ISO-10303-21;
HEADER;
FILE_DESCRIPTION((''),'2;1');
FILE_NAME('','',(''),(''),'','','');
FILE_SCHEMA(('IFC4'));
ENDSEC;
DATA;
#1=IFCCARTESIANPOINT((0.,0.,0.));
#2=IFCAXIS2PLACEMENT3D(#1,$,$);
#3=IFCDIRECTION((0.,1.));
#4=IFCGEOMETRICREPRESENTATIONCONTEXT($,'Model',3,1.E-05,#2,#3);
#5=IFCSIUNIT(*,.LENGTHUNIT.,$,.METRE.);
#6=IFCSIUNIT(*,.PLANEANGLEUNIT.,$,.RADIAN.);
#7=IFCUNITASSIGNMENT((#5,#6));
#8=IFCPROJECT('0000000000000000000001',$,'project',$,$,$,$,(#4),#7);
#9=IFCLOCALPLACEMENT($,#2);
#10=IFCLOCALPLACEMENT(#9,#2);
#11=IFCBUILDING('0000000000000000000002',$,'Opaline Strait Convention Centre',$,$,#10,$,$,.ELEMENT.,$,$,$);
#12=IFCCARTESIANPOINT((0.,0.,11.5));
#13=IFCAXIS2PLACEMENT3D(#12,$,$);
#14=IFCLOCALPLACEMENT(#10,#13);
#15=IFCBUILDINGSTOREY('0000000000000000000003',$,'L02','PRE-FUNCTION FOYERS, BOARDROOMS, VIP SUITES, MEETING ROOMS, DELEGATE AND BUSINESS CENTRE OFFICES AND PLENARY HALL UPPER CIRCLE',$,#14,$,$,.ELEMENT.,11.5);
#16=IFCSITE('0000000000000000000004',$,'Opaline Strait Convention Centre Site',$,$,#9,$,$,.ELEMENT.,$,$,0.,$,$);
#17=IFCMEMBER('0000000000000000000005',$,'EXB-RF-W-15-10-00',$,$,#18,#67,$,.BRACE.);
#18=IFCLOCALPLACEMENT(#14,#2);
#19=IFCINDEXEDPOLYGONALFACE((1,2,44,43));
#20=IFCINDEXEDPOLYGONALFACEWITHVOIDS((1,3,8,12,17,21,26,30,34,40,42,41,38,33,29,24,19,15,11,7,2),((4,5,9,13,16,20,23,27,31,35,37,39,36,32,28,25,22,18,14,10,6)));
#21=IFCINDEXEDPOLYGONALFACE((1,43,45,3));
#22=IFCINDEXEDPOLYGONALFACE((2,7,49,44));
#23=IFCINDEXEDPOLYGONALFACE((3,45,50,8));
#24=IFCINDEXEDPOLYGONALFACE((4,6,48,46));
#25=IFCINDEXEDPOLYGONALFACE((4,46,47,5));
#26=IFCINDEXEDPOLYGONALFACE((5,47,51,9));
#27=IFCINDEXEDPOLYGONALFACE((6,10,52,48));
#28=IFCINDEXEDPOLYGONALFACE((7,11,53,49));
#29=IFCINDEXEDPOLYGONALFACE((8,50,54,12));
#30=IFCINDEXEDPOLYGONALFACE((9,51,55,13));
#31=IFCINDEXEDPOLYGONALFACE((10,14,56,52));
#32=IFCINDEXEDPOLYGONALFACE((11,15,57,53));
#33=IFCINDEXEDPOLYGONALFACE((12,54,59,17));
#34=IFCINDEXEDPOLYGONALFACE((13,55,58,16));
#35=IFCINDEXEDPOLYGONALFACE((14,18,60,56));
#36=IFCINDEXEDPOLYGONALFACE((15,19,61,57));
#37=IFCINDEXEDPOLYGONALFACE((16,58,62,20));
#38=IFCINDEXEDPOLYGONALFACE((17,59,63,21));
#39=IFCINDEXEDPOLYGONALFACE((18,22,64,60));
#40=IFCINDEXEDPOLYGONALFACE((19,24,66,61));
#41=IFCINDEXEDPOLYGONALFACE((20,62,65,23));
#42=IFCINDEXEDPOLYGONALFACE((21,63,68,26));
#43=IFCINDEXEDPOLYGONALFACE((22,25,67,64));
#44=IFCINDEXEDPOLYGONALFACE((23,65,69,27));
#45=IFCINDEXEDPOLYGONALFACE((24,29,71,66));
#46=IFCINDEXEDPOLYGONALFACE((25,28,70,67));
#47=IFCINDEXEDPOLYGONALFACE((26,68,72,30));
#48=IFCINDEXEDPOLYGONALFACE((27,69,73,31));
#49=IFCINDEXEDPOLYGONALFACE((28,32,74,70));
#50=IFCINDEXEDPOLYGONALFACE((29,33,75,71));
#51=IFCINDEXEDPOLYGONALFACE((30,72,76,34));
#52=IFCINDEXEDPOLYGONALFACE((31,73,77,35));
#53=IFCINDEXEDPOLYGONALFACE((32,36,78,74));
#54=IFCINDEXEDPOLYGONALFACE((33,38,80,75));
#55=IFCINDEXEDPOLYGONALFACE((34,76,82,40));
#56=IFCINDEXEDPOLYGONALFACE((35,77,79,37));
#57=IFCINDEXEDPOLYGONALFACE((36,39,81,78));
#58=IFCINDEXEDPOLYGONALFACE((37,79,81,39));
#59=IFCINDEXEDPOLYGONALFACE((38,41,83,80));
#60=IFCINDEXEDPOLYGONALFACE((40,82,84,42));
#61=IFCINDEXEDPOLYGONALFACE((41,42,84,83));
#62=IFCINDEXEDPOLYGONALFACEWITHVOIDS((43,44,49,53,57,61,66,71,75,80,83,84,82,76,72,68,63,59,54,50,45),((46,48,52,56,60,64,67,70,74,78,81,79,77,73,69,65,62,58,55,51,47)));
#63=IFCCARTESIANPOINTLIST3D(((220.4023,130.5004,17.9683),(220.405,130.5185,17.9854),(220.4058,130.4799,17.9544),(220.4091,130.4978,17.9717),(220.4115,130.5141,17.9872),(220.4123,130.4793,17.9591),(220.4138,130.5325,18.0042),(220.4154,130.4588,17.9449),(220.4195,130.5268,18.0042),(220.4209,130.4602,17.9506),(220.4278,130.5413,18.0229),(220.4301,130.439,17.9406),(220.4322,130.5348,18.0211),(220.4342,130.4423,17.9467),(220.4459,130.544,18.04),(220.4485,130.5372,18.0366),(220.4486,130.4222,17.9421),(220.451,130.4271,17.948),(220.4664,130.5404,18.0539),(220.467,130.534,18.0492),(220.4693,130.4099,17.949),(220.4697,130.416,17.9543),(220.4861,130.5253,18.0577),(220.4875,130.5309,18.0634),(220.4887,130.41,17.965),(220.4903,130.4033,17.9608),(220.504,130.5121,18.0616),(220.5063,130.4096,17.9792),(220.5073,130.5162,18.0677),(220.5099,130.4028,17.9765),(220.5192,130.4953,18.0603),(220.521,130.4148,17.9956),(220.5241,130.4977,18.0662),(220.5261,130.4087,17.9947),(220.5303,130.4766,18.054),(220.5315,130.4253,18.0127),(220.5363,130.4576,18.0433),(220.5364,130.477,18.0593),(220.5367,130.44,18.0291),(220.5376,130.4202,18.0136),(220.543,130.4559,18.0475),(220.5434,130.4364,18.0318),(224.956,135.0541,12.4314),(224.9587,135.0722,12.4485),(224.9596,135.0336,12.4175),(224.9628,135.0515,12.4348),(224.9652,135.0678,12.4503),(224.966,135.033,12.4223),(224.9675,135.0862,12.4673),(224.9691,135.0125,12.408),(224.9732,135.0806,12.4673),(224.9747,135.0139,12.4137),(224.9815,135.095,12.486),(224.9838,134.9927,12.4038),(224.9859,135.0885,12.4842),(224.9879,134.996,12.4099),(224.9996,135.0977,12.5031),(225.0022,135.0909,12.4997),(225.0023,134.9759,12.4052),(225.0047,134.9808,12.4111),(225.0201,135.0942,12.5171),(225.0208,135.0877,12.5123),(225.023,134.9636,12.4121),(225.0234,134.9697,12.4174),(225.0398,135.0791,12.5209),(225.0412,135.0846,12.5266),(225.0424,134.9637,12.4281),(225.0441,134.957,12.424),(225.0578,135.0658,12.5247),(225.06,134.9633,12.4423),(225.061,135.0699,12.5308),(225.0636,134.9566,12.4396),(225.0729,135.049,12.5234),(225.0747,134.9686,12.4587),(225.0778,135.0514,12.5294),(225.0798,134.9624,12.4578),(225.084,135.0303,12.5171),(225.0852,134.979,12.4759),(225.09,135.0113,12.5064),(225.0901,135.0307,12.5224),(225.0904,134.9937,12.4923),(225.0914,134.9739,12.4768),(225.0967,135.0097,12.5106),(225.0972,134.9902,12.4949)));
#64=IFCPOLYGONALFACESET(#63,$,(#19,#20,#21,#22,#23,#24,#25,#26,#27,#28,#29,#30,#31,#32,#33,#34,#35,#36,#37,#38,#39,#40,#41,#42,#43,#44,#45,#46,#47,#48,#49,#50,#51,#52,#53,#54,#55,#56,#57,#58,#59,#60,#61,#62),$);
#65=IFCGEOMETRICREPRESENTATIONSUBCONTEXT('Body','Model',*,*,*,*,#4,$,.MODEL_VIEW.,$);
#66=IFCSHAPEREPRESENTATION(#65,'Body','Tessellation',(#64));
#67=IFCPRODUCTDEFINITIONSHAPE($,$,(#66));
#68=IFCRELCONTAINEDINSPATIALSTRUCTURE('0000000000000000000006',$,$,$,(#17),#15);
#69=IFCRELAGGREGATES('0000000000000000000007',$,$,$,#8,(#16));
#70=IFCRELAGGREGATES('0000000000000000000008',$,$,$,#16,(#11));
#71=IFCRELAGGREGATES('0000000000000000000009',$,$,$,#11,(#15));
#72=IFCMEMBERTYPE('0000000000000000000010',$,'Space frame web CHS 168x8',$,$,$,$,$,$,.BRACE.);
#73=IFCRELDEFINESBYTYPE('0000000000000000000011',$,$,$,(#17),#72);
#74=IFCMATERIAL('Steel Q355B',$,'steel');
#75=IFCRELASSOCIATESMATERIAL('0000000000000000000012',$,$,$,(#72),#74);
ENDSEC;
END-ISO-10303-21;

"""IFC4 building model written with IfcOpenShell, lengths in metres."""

from ifc_helpers import new_model, si_unit, direction, frame, origin, origin_2d, place, context, subcontext, project, spatial, hollow_circle, extrude, material, material_profile, profile_set, type_object, element, save


model = new_model("IFC4")

# Units and contexts
model_context = context("Model", 3, precision=1e-05, world=origin(), true_north=direction((0.0, 1.0)))
body_context = subcontext(model_context, "Body", "Model", "MODEL_VIEW")
ifc_project = project(units=[si_unit("LENGTHUNIT", "METRE"), si_unit("PLANEANGLEUNIT", "RADIAN")], contexts=[model_context])

# Site, building, storey
site_placement = place(None, origin())
site = spatial("IfcSite", under=ifc_project, at=site_placement, Name="Opaline Strait Convention Centre Site", CompositionType="ELEMENT", RefElevation=0.0)
building_placement = place(site_placement, origin())
building = spatial("IfcBuilding", under=site, at=building_placement, Name="Opaline Strait Convention Centre", CompositionType="ELEMENT")
storey_placement = place(building_placement, frame((0.0, 0.0, 11.5)))
storey = spatial("IfcBuildingStorey", under=building, at=storey_placement, Name="L02", Description="PRE-FUNCTION FOYERS, BOARDROOMS, VIP SUITES, MEETING ROOMS, DELEGATE AND BUSINESS CENTRE OFFICES AND PLENARY HALL UPPER CIRCLE", CompositionType="ELEMENT", Elevation=11.5)

# Member
ifc_material = material(Name="Steel Q355B", Category="steel")
ifc_material_profile_1 = material_profile(ifc_material, hollow_circle(Radius=0.084, WallThickness=0.0081, at=origin_2d()), Name="CHS 168x8")
ifc_profile_set_1 = profile_set([ifc_material_profile_1], Name="Steel Q355B")
member_type_1 = type_object("IfcMemberType", Name="Space frame web CHS 168x8", PredefinedType="BRACE", material=ifc_profile_set_1)
for number, where, z_axis, x_axis, name in (
    (1, (220.4731, 130.4731, 18.0042), (0.536178, 0.536178, -0.65194), (-0.707107, 0.707107, 0.0), "EXB-RF-W-15-10-00"),
):
    element("IfcMember", number, at=place(storey_placement, frame(where, z_axis=z_axis, x_axis=x_axis)), inside=storey, type_object=member_type_1, Name=name, PredefinedType="BRACE", context=body_context, shape_type="SweptSolid", body=[
        extrude(hollow_circle(Radius=0.084, WallThickness=0.0081, at=origin_2d()), origin(), (0.0, 0.0, 1.0), 8.4929),
    ])

save(model, "model.ifc")
